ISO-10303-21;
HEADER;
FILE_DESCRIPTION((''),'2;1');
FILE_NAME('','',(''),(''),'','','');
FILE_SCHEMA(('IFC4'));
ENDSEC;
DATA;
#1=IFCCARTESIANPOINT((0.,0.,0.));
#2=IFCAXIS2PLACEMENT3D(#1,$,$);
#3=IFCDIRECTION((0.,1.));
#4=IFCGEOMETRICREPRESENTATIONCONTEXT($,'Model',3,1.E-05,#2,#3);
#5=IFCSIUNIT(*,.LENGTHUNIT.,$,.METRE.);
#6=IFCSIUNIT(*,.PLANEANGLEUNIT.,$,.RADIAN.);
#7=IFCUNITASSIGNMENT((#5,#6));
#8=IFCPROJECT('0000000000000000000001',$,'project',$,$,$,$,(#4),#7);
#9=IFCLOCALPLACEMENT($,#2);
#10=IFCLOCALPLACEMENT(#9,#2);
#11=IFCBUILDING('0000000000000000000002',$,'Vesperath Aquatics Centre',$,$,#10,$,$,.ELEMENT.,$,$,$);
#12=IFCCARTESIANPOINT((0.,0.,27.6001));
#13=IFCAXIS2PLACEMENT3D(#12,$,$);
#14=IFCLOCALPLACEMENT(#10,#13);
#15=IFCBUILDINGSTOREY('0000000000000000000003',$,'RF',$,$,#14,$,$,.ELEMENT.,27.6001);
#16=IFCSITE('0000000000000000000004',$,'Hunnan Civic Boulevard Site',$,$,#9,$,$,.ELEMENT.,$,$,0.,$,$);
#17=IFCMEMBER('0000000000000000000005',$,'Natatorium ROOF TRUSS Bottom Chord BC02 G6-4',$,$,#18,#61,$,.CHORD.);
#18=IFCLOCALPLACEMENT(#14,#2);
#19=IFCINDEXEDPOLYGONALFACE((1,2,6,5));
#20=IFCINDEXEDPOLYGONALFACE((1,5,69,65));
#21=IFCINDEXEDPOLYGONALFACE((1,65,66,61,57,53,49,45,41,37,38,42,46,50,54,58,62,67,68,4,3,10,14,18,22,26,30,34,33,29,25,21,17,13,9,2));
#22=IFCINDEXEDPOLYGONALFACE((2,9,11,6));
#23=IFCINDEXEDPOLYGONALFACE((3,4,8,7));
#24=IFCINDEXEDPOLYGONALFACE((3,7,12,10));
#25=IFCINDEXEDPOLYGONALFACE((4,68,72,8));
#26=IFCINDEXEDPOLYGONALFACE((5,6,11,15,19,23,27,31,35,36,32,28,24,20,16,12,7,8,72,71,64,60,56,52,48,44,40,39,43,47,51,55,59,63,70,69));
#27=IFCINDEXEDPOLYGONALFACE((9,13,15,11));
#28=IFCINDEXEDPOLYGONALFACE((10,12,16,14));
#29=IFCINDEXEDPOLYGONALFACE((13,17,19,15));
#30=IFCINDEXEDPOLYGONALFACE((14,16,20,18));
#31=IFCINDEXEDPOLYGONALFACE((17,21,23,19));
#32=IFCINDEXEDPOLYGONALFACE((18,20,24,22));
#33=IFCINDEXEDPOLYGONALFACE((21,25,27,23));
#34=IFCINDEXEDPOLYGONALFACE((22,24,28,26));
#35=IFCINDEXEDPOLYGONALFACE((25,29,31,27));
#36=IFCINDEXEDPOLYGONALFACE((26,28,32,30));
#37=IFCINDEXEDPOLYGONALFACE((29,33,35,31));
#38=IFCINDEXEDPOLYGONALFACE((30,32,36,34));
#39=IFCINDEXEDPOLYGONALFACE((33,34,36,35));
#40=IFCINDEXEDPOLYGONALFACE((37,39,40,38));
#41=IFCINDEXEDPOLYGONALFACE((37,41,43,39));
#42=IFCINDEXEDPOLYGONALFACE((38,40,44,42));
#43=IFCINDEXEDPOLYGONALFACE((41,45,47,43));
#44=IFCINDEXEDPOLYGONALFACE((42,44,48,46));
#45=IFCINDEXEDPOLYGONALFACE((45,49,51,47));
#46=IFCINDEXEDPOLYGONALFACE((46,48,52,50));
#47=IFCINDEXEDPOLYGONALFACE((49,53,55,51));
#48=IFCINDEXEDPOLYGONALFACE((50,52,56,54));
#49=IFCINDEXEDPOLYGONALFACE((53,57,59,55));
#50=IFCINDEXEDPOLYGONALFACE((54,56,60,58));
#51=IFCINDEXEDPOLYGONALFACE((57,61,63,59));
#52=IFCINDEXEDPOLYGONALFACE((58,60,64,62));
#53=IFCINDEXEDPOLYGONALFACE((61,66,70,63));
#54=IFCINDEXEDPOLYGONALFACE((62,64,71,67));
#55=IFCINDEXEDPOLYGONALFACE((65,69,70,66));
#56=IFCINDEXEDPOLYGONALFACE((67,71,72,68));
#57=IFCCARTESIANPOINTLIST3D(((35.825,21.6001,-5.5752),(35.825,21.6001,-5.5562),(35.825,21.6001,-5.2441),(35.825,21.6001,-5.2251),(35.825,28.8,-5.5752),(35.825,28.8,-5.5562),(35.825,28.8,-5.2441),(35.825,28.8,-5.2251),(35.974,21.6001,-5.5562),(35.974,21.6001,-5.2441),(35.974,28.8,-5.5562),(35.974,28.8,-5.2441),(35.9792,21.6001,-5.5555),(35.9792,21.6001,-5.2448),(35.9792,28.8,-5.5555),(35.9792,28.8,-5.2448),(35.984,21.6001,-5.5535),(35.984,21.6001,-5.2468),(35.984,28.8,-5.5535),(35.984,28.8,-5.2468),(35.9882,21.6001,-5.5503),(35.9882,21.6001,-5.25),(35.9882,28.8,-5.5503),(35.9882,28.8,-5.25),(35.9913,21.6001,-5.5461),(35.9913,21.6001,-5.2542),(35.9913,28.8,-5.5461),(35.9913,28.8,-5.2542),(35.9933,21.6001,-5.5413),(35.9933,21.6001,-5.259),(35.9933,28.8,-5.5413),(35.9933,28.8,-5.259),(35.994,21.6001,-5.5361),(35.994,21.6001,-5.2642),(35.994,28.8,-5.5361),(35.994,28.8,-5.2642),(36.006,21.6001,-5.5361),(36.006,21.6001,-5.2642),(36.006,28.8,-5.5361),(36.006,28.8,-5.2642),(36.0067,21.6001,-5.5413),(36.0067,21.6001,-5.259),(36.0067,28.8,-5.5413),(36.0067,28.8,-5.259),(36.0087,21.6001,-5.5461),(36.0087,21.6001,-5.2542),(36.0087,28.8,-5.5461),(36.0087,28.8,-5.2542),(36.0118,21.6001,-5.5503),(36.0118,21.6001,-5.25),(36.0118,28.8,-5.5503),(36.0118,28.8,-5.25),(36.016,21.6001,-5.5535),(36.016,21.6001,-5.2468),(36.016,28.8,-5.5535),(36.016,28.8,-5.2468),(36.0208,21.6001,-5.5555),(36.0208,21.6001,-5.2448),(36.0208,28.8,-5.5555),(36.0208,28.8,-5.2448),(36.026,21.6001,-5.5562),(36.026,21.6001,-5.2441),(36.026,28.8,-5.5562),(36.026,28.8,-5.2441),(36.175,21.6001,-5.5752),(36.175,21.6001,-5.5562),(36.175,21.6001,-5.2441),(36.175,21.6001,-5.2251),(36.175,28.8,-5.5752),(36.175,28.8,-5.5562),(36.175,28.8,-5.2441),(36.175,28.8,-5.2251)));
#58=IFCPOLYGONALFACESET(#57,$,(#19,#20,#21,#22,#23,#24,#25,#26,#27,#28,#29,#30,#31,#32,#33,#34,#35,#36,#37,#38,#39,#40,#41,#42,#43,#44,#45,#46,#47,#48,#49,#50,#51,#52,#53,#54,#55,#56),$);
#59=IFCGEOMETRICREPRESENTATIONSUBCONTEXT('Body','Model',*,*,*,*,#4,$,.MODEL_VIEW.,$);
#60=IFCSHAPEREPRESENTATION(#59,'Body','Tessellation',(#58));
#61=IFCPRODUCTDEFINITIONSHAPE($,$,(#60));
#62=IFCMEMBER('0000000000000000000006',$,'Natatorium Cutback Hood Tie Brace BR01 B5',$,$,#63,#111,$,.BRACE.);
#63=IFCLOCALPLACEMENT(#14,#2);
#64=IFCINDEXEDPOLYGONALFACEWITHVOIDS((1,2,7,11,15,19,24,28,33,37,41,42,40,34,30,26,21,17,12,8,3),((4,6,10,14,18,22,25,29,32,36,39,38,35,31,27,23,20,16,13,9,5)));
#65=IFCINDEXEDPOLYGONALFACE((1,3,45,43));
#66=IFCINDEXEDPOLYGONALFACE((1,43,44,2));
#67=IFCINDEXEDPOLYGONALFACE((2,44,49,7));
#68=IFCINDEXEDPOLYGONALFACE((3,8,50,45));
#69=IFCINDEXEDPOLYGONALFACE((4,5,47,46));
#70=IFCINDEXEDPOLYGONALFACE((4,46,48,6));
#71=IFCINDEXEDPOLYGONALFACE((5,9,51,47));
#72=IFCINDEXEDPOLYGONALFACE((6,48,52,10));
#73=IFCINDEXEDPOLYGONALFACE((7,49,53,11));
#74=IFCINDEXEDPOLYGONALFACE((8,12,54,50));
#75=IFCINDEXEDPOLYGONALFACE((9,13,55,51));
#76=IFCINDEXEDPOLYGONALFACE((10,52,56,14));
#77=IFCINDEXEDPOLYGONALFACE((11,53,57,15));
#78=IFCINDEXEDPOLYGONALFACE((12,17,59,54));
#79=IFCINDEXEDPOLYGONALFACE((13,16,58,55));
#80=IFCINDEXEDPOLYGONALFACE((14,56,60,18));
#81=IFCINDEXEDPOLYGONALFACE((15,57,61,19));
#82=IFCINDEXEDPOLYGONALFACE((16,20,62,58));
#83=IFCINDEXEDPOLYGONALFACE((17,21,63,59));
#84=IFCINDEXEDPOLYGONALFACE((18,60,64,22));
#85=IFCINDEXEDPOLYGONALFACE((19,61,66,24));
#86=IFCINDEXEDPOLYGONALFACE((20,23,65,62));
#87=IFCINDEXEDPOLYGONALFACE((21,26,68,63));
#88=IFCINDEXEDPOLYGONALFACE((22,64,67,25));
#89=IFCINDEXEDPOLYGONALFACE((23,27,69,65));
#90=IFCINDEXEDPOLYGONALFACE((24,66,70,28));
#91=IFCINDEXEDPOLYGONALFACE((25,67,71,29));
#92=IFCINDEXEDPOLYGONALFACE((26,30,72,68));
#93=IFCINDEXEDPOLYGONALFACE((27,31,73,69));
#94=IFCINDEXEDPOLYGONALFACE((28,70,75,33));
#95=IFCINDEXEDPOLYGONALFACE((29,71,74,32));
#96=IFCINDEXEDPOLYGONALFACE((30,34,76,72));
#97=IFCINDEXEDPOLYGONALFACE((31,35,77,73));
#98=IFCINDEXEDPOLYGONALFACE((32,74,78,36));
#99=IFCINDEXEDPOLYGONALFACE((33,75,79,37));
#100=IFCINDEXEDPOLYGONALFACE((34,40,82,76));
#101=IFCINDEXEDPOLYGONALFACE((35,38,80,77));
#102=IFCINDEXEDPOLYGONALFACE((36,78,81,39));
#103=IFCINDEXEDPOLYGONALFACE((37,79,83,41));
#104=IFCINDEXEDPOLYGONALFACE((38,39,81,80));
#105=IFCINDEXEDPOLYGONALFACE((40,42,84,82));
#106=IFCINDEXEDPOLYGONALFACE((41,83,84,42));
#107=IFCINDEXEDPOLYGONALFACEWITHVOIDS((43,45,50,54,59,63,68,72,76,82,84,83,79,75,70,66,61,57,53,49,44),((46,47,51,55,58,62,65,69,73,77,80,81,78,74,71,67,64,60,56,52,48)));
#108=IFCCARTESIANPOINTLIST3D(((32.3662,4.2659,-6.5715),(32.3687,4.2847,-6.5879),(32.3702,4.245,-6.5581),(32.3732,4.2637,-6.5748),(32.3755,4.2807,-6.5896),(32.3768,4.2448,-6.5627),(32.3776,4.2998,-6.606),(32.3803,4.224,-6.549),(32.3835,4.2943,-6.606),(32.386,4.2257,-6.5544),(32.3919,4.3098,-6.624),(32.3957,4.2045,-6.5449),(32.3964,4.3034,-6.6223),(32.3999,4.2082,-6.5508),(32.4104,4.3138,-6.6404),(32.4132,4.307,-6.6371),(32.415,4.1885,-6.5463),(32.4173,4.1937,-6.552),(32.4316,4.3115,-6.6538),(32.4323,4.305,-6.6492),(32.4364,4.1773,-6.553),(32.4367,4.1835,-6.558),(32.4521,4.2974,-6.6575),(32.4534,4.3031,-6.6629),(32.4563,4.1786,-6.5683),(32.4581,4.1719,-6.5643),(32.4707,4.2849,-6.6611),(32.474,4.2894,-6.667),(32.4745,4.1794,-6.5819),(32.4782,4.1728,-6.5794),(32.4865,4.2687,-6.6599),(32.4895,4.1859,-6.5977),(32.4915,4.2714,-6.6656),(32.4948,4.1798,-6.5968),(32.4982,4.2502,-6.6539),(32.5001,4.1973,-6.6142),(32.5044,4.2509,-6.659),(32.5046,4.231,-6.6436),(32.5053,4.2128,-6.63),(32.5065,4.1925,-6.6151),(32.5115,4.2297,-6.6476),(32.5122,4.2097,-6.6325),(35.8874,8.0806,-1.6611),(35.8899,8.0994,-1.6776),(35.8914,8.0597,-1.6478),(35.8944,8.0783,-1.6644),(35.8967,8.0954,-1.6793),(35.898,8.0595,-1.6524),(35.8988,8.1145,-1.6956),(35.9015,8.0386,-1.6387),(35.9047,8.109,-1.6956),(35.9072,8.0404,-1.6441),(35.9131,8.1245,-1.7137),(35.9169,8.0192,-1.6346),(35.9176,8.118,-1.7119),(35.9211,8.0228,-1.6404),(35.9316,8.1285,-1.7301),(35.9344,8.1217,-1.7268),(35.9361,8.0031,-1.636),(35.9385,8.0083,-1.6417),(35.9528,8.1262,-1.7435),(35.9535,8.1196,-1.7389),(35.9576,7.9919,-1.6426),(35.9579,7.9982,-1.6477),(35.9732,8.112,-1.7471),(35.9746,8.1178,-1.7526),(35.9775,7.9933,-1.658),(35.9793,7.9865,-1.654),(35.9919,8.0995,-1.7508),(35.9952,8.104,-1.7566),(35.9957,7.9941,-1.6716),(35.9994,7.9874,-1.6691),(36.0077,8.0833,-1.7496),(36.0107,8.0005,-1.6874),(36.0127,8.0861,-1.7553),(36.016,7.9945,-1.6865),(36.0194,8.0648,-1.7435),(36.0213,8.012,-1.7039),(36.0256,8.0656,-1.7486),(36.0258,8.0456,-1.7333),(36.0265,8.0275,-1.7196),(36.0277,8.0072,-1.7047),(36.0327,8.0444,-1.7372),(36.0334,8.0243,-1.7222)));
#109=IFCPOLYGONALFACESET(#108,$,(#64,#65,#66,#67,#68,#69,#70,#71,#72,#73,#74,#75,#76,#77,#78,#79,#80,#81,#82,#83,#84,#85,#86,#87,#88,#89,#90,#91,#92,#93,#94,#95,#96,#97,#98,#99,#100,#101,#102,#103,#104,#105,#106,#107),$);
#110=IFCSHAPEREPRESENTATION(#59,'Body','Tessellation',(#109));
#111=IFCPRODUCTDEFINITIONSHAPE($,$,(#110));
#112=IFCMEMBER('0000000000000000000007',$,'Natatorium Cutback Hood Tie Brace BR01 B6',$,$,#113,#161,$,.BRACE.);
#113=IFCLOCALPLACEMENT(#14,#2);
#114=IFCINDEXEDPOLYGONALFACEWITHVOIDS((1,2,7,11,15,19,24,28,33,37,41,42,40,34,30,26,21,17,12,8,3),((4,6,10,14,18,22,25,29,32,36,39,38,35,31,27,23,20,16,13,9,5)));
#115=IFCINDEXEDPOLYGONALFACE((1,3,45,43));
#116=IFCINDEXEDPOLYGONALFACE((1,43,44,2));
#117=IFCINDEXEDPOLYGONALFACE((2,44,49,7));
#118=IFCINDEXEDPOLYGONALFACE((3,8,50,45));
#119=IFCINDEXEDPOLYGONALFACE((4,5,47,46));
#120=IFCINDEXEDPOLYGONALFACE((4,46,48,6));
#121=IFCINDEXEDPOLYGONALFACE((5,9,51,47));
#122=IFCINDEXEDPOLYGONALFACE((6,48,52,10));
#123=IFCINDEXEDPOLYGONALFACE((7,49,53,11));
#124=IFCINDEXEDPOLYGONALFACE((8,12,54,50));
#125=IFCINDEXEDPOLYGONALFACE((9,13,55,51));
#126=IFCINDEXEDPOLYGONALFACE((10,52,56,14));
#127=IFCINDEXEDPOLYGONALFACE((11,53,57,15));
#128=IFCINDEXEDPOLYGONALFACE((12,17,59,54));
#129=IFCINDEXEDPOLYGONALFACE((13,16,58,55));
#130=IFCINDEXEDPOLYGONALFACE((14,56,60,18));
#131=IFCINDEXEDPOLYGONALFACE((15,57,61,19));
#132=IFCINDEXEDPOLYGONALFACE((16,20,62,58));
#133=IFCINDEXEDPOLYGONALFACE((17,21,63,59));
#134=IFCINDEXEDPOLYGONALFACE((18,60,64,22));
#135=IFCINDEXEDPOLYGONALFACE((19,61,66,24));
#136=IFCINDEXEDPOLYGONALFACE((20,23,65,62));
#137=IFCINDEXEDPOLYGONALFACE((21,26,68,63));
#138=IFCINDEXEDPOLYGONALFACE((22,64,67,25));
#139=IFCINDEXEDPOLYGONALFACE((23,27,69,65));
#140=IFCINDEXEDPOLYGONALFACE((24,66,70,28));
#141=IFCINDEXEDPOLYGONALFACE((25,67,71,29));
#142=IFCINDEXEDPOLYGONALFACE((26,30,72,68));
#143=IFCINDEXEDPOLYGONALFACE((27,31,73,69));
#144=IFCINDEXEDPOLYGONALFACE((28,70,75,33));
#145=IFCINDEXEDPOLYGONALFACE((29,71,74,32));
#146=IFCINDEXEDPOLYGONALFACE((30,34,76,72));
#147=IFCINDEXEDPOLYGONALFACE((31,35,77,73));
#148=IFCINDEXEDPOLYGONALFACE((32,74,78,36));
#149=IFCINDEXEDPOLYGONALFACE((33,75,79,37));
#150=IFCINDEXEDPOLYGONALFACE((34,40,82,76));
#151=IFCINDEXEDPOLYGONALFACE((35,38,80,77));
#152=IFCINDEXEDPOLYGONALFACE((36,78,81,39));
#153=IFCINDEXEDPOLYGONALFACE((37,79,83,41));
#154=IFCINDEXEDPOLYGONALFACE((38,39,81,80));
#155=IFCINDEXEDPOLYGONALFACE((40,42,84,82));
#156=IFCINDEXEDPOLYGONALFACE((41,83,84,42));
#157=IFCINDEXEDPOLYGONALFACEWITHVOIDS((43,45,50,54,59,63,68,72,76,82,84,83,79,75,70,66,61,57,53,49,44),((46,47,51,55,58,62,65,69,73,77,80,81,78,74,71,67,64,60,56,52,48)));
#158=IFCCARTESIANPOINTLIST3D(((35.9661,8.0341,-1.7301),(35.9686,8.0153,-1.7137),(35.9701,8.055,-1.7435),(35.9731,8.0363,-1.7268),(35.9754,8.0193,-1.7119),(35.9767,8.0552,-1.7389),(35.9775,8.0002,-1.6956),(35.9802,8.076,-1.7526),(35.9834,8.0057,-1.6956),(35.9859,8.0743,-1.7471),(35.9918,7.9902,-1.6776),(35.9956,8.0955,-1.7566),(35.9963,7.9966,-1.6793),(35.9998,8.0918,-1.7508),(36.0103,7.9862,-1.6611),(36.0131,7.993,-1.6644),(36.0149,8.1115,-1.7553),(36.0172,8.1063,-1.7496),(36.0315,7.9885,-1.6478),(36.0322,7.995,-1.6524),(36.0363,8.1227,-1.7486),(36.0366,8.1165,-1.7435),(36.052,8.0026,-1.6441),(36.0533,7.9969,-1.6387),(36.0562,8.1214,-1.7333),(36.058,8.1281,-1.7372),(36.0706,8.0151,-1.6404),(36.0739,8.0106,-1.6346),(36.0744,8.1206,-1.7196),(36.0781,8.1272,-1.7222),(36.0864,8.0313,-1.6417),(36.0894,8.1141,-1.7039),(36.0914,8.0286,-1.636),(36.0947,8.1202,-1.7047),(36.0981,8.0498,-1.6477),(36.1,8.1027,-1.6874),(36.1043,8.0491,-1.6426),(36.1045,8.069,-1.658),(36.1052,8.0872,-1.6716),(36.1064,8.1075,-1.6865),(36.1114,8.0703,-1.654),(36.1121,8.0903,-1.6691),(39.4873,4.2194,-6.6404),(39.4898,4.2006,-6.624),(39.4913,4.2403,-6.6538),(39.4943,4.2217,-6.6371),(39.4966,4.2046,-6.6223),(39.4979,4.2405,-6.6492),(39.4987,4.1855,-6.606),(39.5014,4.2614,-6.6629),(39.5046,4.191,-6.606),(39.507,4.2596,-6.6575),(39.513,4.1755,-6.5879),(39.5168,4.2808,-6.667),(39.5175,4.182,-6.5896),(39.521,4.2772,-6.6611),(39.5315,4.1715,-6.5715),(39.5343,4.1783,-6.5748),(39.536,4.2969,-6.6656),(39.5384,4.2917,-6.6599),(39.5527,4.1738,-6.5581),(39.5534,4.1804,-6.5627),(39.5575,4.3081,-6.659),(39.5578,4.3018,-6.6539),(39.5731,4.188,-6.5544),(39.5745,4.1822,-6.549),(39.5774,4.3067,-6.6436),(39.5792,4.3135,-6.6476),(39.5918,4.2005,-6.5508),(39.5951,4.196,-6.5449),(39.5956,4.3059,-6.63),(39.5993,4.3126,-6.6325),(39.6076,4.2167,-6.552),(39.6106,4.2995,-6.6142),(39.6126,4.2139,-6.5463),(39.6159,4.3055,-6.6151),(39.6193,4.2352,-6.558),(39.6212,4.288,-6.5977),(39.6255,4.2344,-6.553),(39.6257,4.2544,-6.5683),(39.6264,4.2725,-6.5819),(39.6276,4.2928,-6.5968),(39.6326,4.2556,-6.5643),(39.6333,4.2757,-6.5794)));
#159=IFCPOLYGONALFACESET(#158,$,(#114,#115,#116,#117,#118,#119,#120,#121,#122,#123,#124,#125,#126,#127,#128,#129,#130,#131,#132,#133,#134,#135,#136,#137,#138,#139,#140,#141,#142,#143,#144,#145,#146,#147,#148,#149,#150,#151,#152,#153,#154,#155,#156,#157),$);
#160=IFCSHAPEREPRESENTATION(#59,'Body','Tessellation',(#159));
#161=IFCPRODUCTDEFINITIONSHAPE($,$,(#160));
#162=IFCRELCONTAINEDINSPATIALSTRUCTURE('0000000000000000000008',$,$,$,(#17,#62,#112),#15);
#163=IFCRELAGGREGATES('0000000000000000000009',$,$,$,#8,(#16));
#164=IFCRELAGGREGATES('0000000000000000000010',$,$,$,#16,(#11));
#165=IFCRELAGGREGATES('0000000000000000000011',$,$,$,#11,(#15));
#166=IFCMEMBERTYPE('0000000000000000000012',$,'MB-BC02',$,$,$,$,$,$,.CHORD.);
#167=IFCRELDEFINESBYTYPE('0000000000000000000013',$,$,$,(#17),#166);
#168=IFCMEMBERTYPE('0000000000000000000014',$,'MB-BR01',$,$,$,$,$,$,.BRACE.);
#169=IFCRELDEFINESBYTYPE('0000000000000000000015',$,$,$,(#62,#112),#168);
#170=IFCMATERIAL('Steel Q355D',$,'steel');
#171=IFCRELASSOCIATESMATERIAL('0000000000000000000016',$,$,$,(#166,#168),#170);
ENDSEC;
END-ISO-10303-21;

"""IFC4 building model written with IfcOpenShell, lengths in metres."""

from ifc_helpers import new_model, si_unit, direction, frame, origin, origin_2d, place, context, subcontext, project, spatial, hollow_circle, i_section, extrude, material, material_profile, profile_set, type_object, element, save


model = new_model("IFC4")

# Units and contexts
model_context = context("Model", 3, precision=1e-05, world=origin(), true_north=direction((0.0, 1.0)))
body_context = subcontext(model_context, "Body", "Model", "MODEL_VIEW")
ifc_project = project(units=[si_unit("LENGTHUNIT", "METRE"), si_unit("PLANEANGLEUNIT", "RADIAN")], contexts=[model_context])

# Site, building, storey
site_placement = place(None, origin())
site = spatial("IfcSite", under=ifc_project, at=site_placement, Name="Hunnan Civic Boulevard Site", CompositionType="ELEMENT", RefElevation=0.0)
building_placement = place(site_placement, origin())
building = spatial("IfcBuilding", under=site, at=building_placement, Name="Vesperath Aquatics Centre", CompositionType="ELEMENT")
storey_placement = place(building_placement, frame((0.0, 0.0, 27.6001)))
storey = spatial("IfcBuildingStorey", under=building, at=storey_placement, Name="RF", CompositionType="ELEMENT", Elevation=27.6001)

# Members
ifc_material_1 = material(Name="Steel Q355D", Category="steel")
ifc_material_profile_1 = material_profile(ifc_material_1, i_section(OverallWidth=0.3501, OverallDepth=0.3501, WebThickness=0.012, FlangeThickness=0.019, FilletRadius=0.02, at=origin_2d()), Name="HW 350x350x12x19")
ifc_profile_set_1 = profile_set([ifc_material_profile_1], Name="Steel Q355D")
member_type_1 = type_object("IfcMemberType", Name="MB-BC02", PredefinedType="CHORD", material=ifc_profile_set_1)
member_1_placement = place(storey_placement, frame((36.0, 21.6001, -5.4001), z_axis=(0.0, 1.0, 0.0), x_axis=(-1.0, 0.0, 0.0)))
element("IfcMember", 1, at=member_1_placement, inside=storey, type_object=member_type_1, Name="Natatorium ROOF TRUSS Bottom Chord BC02 G6-4", PredefinedType="CHORD", context=body_context, shape_type="SweptSolid", body=[
    extrude(i_section(OverallWidth=0.3501, OverallDepth=0.3501, WebThickness=0.012, FlangeThickness=0.019, FilletRadius=0.02, at=origin_2d()), origin(), (0.0, 0.0, 1.0), 7.2),
])
ifc_material_profile_2 = material_profile(ifc_material_1, hollow_circle(Radius=0.0842, WallThickness=0.0081, at=origin_2d()), Name="CHS 168.3x8")
ifc_profile_set_2 = profile_set([ifc_material_profile_2], Name="Steel Q355D")
member_type_2 = type_object("IfcMemberType", Name="MB-BR01", PredefinedType="BRACE", material=ifc_profile_set_2)
for number, where, z_axis, x_axis, name in (
    (2, (32.4395, 4.2427, -6.606), (0.492768, 0.533834, 0.687169), (-0.734805, 0.678278, 0.0), "Natatorium Cutback Hood Tie Brace BR01 B5"),
    (3, (39.5605, 4.2427, -6.606), (-0.492768, 0.533834, 0.687169), (-0.734805, -0.678278, 0.0), "Natatorium Cutback Hood Tie Brace BR01 B6"),
):
    element("IfcMember", number, at=place(storey_placement, frame(where, z_axis=z_axis, x_axis=x_axis)), inside=storey, type_object=member_type_2, Name=name, PredefinedType="BRACE", context=body_context, shape_type="SweptSolid", body=[
        extrude(hollow_circle(Radius=0.0842, WallThickness=0.0081, at=origin_2d()), origin(), (0.0, 0.0, 1.0), 7.1458),
    ])

save(model, "model.ifc")
